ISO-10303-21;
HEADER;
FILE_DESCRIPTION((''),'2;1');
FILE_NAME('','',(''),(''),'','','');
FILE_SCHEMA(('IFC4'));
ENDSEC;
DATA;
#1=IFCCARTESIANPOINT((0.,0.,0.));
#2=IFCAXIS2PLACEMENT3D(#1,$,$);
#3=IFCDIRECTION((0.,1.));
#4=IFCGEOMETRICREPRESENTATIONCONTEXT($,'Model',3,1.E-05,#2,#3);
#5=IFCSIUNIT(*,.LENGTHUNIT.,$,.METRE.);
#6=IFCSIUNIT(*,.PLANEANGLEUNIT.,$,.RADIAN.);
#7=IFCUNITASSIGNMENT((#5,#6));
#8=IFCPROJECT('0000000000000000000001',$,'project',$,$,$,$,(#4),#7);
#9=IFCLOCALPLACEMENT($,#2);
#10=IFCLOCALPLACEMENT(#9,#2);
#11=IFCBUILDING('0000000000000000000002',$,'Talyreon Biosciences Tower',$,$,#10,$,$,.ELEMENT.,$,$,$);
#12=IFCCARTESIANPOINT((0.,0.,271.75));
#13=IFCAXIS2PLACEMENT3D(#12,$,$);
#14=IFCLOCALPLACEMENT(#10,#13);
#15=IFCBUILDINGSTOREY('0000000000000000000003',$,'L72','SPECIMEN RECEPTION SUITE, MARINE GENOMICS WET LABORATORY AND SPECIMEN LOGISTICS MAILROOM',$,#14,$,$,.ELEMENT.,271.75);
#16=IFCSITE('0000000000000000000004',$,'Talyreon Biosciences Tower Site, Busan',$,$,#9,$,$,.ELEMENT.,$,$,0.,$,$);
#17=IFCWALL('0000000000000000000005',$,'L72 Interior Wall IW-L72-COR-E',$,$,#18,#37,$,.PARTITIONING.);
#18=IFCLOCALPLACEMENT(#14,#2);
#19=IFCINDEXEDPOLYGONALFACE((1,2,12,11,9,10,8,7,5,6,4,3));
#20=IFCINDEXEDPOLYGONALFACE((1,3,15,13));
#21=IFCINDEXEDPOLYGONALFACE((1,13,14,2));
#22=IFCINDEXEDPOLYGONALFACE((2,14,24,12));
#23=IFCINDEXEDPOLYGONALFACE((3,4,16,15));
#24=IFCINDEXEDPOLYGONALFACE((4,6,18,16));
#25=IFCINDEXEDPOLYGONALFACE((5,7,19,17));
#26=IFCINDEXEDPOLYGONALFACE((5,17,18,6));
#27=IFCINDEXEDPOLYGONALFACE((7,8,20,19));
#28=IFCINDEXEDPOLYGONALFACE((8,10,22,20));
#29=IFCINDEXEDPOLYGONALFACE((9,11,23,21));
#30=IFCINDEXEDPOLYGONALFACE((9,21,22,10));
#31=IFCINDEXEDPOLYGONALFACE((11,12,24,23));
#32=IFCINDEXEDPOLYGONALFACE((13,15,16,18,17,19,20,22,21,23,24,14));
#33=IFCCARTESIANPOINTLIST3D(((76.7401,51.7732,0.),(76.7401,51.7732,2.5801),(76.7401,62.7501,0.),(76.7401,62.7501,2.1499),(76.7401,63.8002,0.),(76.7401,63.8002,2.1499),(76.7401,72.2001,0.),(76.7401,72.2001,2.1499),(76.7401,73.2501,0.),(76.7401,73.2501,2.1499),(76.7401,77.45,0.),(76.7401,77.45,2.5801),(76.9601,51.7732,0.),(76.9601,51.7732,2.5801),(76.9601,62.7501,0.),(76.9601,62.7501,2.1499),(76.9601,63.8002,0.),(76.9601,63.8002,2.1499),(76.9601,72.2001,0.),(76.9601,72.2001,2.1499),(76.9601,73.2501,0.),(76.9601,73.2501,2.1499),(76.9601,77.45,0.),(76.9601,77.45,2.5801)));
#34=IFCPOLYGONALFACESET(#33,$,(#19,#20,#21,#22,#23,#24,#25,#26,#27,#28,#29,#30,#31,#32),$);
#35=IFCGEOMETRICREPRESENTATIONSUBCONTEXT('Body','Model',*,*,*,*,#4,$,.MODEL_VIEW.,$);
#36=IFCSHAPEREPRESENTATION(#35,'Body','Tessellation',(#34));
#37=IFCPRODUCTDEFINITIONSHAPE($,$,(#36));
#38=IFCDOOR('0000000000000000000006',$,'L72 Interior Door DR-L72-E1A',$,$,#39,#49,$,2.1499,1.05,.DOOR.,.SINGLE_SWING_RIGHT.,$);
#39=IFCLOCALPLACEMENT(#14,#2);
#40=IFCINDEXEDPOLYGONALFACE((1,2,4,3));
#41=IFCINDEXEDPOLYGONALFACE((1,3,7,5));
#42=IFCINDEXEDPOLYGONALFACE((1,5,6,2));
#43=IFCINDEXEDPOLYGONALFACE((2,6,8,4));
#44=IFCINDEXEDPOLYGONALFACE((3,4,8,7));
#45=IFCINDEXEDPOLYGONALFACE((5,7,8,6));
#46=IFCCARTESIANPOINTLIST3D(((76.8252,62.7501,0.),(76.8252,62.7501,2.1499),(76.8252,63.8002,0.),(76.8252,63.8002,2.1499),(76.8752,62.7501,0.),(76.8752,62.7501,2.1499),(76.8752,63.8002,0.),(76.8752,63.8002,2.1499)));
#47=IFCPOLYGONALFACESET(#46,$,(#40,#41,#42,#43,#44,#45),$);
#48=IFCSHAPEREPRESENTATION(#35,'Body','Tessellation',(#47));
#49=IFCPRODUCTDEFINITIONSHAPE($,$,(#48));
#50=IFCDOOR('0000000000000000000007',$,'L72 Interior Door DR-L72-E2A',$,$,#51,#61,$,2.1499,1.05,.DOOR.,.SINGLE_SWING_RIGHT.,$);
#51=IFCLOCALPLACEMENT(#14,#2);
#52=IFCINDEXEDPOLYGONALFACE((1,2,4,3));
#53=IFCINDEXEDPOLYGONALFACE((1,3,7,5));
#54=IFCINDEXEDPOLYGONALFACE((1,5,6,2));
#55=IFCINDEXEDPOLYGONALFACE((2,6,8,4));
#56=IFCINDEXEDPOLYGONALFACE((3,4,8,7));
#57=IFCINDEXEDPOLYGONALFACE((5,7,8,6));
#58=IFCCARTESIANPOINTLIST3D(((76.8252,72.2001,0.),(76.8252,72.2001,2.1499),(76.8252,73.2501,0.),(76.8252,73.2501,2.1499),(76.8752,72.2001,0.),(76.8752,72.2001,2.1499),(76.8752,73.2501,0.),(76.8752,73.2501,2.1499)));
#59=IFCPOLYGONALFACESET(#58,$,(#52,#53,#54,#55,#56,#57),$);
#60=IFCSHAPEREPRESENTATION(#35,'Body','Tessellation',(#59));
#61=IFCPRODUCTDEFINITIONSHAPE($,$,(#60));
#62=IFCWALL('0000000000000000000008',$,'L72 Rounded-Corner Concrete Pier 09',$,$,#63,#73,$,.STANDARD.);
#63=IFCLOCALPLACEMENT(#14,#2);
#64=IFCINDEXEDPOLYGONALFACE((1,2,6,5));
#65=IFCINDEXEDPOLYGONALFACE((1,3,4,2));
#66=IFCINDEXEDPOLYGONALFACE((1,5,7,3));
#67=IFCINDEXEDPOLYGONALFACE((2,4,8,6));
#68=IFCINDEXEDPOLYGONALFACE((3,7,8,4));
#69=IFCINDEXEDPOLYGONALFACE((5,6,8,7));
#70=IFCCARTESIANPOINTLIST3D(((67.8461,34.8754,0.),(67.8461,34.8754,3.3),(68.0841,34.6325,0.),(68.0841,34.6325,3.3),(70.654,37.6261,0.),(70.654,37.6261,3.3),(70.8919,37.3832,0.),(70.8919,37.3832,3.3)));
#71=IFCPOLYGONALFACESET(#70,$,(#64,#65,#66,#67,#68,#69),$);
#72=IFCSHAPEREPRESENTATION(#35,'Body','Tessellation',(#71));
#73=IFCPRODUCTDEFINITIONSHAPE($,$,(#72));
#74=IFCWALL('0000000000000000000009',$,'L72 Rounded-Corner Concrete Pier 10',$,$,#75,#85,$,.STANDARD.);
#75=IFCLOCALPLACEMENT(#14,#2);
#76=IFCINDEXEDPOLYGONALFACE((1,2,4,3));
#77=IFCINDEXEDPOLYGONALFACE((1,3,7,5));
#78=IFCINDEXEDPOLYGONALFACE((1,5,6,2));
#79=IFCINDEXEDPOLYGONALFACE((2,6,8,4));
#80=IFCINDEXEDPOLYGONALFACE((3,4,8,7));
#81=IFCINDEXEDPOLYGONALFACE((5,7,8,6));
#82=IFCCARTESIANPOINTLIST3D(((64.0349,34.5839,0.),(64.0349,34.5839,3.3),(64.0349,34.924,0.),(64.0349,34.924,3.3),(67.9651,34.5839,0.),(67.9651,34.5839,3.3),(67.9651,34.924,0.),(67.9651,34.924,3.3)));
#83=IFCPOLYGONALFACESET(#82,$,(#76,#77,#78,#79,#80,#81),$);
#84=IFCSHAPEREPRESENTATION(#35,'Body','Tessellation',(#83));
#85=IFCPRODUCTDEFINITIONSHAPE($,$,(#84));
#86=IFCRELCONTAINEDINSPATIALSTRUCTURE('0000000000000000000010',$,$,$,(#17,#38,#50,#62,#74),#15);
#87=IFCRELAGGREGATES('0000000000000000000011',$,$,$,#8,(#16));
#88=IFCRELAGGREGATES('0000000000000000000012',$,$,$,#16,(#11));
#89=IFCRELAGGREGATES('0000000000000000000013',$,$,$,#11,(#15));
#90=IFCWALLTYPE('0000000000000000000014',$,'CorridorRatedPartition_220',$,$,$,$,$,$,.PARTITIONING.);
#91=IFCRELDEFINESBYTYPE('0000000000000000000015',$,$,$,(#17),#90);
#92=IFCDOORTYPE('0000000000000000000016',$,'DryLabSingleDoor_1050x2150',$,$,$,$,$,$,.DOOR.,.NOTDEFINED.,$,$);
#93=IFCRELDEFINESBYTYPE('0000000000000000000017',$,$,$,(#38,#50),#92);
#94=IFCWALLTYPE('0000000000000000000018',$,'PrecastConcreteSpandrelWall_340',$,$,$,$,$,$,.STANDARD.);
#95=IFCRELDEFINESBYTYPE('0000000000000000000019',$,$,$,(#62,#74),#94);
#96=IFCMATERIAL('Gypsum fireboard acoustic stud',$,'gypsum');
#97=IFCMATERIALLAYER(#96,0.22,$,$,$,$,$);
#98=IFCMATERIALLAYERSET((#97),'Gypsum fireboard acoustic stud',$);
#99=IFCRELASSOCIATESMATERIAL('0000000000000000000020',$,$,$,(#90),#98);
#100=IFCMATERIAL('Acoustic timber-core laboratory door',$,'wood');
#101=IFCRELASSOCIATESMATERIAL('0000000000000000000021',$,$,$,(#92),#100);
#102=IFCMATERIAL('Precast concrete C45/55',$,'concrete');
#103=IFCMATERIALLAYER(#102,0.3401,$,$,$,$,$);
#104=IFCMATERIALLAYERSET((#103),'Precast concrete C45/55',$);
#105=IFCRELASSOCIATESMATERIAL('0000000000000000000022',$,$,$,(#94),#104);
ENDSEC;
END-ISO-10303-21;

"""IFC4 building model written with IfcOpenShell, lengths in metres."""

from ifc_helpers import new_model, si_unit, direction, frame, frame_2d, origin, place, context, subcontext, project, spatial, rectangle, extrude, material, layer, layer_set, type_object, element, fill, save


model = new_model("IFC4")

# Units and contexts
model_context = context("Model", 3, precision=1e-05, world=origin(), true_north=direction((0.0, 1.0)))
body_context = subcontext(model_context, "Body", "Model", "MODEL_VIEW")
ifc_project = project(units=[si_unit("LENGTHUNIT", "METRE"), si_unit("PLANEANGLEUNIT", "RADIAN")], contexts=[model_context])

# Site, building, storey
site_placement = place(None, origin())
site = spatial("IfcSite", under=ifc_project, at=site_placement, Name="Talyreon Biosciences Tower Site, Busan", CompositionType="ELEMENT", RefElevation=0.0)
building_placement = place(site_placement, origin())
building = spatial("IfcBuilding", under=site, at=building_placement, Name="Talyreon Biosciences Tower", CompositionType="ELEMENT")
storey_placement = place(building_placement, frame((0.0, 0.0, 271.75)))
storey = spatial("IfcBuildingStorey", under=building, at=storey_placement, Name="L72", Description="SPECIMEN RECEPTION SUITE, MARINE GENOMICS WET LABORATORY AND SPECIMEN LOGISTICS MAILROOM", CompositionType="ELEMENT", Elevation=271.75)

# Shared definitions
ifc_material_1 = material(Name="Precast concrete C45/55", Category="concrete")

# Shared definitions
ifc_material_2 = material(Name="Gypsum fireboard acoustic stud", Category="gypsum")

# Wall, openings, doors
ifc_layer_1 = layer(ifc_material_2, 0.22)
ifc_layer_set_1 = layer_set([ifc_layer_1], Name="Gypsum fireboard acoustic stud")
wall_type_1 = type_object("IfcWallType", Name="CorridorRatedPartition_220", PredefinedType="PARTITIONING", material=ifc_layer_set_1)
wall_1_placement = place(storey_placement, frame((76.8501, 51.7732, 0.0), z_axis=(0.0, 0.0, 1.0), x_axis=(0.0, 1.0, 0.0)))
wall_1 = element("IfcWall", 1, at=wall_1_placement, inside=storey, type_object=wall_type_1, Name="L72 Interior Wall IW-L72-COR-E", PredefinedType="PARTITIONING", context=body_context, shape_type="SweptSolid", body=[
    extrude(rectangle(XDim=25.6768, YDim=0.22, at=frame_2d((12.8384, 0.0))), origin(), (0.0, 0.0, 1.0), 2.5801),
])
opening_1_placement = place(wall_1_placement, frame((10.9771, 0.0, 0.0)))
opening_1 = element("IfcOpeningElement", 2, at=opening_1_placement, cuts=wall_1, PredefinedType="OPENING", context=body_context, shape_type="SweptSolid", body=[
    extrude(rectangle(XDim=1.05, YDim=2.1499, at=frame_2d((0.5249, 1.075))), frame((0.0, 0.1199, 0.0), z_axis=(0.0, -1.0, 0.0), x_axis=(1.0, 0.0, 0.0)), (0.0, 0.0, 1.0), 0.24),
])
opening_2_placement = place(wall_1_placement, frame((20.427, 0.0, 0.0)))
opening_2 = element("IfcOpeningElement", 3, at=opening_2_placement, cuts=wall_1, PredefinedType="OPENING", context=body_context, shape_type="SweptSolid", body=[
    extrude(rectangle(XDim=1.05, YDim=2.1499, at=frame_2d((0.5249, 1.075))), frame((0.0, 0.1199, 0.0), z_axis=(0.0, -1.0, 0.0), x_axis=(1.0, 0.0, 0.0)), (0.0, 0.0, 1.0), 0.24),
])
ifc_material_3 = material(Name="Acoustic timber-core laboratory door", Category="wood")
door_type = type_object("IfcDoorType", Name="DryLabSingleDoor_1050x2150", OperationType="NOTDEFINED", PredefinedType="DOOR", material=ifc_material_3)
door_1_placement = place(opening_1_placement, origin())
door_1 = element("IfcDoor", 4, at=door_1_placement, inside=storey, type_object=door_type, Name="L72 Interior Door DR-L72-E1A", OperationType="SINGLE_SWING_RIGHT", OverallHeight=2.1499, OverallWidth=1.05, PredefinedType="DOOR", context=body_context, shape_type="SweptSolid", body=[
    extrude(rectangle(XDim=1.05, YDim=2.1499, at=frame_2d((0.5249, 1.075))), frame((0.0, 0.0249, 0.0), z_axis=(0.0, -1.0, 0.0), x_axis=(1.0, 0.0, 0.0)), (0.0, 0.0, 1.0), 0.05),
])
fill(opening_1, door_1)
door_2_placement = place(opening_2_placement, origin())
door_2 = element("IfcDoor", 5, at=door_2_placement, inside=storey, type_object=door_type, Name="L72 Interior Door DR-L72-E2A", OperationType="SINGLE_SWING_RIGHT", OverallHeight=2.1499, OverallWidth=1.05, PredefinedType="DOOR", context=body_context, shape_type="SweptSolid", body=[
    extrude(rectangle(XDim=1.05, YDim=2.1499, at=frame_2d((0.5249, 1.075))), frame((0.0, 0.0249, 0.0), z_axis=(0.0, -1.0, 0.0), x_axis=(1.0, 0.0, 0.0)), (0.0, 0.0, 1.0), 0.05),
])
fill(opening_2, door_2)

# Walls
ifc_layer_2 = layer(ifc_material_1, 0.3401)
ifc_layer_set_2 = layer_set([ifc_layer_2], Name="Precast concrete C45/55")
wall_type_2 = type_object("IfcWallType", Name="PrecastConcreteSpandrelWall_340", PredefinedType="STANDARD", material=ifc_layer_set_2)
wall_2_placement = place(storey_placement, frame((70.7729, 37.5046, 0.0), z_axis=(0.0, 0.0, 1.0), x_axis=(-0.714336, -0.699802, 0.0)))
element("IfcWall", 6, at=wall_2_placement, inside=storey, type_object=wall_type_2, Name="L72 Rounded-Corner Concrete Pier 09", PredefinedType="STANDARD", context=body_context, shape_type="SweptSolid", body=[
    extrude(rectangle(XDim=3.9307, YDim=0.3401, at=frame_2d((1.9653, 0.0))), origin(), (0.0, 0.0, 1.0), 3.3),
])
wall_3_placement = place(storey_placement, frame((67.9651, 34.7539, 0.0), z_axis=(0.0, 0.0, 1.0), x_axis=(-1.0, 0.0, 0.0)))
element("IfcWall", 7, at=wall_3_placement, inside=storey, type_object=wall_type_2, Name="L72 Rounded-Corner Concrete Pier 10", PredefinedType="STANDARD", context=body_context, shape_type="SweptSolid", body=[
    extrude(rectangle(XDim=3.9302, YDim=0.3401, at=frame_2d((1.9651, 0.0))), origin(), (0.0, 0.0, 1.0), 3.3),
])

save(model, "model.ifc")
